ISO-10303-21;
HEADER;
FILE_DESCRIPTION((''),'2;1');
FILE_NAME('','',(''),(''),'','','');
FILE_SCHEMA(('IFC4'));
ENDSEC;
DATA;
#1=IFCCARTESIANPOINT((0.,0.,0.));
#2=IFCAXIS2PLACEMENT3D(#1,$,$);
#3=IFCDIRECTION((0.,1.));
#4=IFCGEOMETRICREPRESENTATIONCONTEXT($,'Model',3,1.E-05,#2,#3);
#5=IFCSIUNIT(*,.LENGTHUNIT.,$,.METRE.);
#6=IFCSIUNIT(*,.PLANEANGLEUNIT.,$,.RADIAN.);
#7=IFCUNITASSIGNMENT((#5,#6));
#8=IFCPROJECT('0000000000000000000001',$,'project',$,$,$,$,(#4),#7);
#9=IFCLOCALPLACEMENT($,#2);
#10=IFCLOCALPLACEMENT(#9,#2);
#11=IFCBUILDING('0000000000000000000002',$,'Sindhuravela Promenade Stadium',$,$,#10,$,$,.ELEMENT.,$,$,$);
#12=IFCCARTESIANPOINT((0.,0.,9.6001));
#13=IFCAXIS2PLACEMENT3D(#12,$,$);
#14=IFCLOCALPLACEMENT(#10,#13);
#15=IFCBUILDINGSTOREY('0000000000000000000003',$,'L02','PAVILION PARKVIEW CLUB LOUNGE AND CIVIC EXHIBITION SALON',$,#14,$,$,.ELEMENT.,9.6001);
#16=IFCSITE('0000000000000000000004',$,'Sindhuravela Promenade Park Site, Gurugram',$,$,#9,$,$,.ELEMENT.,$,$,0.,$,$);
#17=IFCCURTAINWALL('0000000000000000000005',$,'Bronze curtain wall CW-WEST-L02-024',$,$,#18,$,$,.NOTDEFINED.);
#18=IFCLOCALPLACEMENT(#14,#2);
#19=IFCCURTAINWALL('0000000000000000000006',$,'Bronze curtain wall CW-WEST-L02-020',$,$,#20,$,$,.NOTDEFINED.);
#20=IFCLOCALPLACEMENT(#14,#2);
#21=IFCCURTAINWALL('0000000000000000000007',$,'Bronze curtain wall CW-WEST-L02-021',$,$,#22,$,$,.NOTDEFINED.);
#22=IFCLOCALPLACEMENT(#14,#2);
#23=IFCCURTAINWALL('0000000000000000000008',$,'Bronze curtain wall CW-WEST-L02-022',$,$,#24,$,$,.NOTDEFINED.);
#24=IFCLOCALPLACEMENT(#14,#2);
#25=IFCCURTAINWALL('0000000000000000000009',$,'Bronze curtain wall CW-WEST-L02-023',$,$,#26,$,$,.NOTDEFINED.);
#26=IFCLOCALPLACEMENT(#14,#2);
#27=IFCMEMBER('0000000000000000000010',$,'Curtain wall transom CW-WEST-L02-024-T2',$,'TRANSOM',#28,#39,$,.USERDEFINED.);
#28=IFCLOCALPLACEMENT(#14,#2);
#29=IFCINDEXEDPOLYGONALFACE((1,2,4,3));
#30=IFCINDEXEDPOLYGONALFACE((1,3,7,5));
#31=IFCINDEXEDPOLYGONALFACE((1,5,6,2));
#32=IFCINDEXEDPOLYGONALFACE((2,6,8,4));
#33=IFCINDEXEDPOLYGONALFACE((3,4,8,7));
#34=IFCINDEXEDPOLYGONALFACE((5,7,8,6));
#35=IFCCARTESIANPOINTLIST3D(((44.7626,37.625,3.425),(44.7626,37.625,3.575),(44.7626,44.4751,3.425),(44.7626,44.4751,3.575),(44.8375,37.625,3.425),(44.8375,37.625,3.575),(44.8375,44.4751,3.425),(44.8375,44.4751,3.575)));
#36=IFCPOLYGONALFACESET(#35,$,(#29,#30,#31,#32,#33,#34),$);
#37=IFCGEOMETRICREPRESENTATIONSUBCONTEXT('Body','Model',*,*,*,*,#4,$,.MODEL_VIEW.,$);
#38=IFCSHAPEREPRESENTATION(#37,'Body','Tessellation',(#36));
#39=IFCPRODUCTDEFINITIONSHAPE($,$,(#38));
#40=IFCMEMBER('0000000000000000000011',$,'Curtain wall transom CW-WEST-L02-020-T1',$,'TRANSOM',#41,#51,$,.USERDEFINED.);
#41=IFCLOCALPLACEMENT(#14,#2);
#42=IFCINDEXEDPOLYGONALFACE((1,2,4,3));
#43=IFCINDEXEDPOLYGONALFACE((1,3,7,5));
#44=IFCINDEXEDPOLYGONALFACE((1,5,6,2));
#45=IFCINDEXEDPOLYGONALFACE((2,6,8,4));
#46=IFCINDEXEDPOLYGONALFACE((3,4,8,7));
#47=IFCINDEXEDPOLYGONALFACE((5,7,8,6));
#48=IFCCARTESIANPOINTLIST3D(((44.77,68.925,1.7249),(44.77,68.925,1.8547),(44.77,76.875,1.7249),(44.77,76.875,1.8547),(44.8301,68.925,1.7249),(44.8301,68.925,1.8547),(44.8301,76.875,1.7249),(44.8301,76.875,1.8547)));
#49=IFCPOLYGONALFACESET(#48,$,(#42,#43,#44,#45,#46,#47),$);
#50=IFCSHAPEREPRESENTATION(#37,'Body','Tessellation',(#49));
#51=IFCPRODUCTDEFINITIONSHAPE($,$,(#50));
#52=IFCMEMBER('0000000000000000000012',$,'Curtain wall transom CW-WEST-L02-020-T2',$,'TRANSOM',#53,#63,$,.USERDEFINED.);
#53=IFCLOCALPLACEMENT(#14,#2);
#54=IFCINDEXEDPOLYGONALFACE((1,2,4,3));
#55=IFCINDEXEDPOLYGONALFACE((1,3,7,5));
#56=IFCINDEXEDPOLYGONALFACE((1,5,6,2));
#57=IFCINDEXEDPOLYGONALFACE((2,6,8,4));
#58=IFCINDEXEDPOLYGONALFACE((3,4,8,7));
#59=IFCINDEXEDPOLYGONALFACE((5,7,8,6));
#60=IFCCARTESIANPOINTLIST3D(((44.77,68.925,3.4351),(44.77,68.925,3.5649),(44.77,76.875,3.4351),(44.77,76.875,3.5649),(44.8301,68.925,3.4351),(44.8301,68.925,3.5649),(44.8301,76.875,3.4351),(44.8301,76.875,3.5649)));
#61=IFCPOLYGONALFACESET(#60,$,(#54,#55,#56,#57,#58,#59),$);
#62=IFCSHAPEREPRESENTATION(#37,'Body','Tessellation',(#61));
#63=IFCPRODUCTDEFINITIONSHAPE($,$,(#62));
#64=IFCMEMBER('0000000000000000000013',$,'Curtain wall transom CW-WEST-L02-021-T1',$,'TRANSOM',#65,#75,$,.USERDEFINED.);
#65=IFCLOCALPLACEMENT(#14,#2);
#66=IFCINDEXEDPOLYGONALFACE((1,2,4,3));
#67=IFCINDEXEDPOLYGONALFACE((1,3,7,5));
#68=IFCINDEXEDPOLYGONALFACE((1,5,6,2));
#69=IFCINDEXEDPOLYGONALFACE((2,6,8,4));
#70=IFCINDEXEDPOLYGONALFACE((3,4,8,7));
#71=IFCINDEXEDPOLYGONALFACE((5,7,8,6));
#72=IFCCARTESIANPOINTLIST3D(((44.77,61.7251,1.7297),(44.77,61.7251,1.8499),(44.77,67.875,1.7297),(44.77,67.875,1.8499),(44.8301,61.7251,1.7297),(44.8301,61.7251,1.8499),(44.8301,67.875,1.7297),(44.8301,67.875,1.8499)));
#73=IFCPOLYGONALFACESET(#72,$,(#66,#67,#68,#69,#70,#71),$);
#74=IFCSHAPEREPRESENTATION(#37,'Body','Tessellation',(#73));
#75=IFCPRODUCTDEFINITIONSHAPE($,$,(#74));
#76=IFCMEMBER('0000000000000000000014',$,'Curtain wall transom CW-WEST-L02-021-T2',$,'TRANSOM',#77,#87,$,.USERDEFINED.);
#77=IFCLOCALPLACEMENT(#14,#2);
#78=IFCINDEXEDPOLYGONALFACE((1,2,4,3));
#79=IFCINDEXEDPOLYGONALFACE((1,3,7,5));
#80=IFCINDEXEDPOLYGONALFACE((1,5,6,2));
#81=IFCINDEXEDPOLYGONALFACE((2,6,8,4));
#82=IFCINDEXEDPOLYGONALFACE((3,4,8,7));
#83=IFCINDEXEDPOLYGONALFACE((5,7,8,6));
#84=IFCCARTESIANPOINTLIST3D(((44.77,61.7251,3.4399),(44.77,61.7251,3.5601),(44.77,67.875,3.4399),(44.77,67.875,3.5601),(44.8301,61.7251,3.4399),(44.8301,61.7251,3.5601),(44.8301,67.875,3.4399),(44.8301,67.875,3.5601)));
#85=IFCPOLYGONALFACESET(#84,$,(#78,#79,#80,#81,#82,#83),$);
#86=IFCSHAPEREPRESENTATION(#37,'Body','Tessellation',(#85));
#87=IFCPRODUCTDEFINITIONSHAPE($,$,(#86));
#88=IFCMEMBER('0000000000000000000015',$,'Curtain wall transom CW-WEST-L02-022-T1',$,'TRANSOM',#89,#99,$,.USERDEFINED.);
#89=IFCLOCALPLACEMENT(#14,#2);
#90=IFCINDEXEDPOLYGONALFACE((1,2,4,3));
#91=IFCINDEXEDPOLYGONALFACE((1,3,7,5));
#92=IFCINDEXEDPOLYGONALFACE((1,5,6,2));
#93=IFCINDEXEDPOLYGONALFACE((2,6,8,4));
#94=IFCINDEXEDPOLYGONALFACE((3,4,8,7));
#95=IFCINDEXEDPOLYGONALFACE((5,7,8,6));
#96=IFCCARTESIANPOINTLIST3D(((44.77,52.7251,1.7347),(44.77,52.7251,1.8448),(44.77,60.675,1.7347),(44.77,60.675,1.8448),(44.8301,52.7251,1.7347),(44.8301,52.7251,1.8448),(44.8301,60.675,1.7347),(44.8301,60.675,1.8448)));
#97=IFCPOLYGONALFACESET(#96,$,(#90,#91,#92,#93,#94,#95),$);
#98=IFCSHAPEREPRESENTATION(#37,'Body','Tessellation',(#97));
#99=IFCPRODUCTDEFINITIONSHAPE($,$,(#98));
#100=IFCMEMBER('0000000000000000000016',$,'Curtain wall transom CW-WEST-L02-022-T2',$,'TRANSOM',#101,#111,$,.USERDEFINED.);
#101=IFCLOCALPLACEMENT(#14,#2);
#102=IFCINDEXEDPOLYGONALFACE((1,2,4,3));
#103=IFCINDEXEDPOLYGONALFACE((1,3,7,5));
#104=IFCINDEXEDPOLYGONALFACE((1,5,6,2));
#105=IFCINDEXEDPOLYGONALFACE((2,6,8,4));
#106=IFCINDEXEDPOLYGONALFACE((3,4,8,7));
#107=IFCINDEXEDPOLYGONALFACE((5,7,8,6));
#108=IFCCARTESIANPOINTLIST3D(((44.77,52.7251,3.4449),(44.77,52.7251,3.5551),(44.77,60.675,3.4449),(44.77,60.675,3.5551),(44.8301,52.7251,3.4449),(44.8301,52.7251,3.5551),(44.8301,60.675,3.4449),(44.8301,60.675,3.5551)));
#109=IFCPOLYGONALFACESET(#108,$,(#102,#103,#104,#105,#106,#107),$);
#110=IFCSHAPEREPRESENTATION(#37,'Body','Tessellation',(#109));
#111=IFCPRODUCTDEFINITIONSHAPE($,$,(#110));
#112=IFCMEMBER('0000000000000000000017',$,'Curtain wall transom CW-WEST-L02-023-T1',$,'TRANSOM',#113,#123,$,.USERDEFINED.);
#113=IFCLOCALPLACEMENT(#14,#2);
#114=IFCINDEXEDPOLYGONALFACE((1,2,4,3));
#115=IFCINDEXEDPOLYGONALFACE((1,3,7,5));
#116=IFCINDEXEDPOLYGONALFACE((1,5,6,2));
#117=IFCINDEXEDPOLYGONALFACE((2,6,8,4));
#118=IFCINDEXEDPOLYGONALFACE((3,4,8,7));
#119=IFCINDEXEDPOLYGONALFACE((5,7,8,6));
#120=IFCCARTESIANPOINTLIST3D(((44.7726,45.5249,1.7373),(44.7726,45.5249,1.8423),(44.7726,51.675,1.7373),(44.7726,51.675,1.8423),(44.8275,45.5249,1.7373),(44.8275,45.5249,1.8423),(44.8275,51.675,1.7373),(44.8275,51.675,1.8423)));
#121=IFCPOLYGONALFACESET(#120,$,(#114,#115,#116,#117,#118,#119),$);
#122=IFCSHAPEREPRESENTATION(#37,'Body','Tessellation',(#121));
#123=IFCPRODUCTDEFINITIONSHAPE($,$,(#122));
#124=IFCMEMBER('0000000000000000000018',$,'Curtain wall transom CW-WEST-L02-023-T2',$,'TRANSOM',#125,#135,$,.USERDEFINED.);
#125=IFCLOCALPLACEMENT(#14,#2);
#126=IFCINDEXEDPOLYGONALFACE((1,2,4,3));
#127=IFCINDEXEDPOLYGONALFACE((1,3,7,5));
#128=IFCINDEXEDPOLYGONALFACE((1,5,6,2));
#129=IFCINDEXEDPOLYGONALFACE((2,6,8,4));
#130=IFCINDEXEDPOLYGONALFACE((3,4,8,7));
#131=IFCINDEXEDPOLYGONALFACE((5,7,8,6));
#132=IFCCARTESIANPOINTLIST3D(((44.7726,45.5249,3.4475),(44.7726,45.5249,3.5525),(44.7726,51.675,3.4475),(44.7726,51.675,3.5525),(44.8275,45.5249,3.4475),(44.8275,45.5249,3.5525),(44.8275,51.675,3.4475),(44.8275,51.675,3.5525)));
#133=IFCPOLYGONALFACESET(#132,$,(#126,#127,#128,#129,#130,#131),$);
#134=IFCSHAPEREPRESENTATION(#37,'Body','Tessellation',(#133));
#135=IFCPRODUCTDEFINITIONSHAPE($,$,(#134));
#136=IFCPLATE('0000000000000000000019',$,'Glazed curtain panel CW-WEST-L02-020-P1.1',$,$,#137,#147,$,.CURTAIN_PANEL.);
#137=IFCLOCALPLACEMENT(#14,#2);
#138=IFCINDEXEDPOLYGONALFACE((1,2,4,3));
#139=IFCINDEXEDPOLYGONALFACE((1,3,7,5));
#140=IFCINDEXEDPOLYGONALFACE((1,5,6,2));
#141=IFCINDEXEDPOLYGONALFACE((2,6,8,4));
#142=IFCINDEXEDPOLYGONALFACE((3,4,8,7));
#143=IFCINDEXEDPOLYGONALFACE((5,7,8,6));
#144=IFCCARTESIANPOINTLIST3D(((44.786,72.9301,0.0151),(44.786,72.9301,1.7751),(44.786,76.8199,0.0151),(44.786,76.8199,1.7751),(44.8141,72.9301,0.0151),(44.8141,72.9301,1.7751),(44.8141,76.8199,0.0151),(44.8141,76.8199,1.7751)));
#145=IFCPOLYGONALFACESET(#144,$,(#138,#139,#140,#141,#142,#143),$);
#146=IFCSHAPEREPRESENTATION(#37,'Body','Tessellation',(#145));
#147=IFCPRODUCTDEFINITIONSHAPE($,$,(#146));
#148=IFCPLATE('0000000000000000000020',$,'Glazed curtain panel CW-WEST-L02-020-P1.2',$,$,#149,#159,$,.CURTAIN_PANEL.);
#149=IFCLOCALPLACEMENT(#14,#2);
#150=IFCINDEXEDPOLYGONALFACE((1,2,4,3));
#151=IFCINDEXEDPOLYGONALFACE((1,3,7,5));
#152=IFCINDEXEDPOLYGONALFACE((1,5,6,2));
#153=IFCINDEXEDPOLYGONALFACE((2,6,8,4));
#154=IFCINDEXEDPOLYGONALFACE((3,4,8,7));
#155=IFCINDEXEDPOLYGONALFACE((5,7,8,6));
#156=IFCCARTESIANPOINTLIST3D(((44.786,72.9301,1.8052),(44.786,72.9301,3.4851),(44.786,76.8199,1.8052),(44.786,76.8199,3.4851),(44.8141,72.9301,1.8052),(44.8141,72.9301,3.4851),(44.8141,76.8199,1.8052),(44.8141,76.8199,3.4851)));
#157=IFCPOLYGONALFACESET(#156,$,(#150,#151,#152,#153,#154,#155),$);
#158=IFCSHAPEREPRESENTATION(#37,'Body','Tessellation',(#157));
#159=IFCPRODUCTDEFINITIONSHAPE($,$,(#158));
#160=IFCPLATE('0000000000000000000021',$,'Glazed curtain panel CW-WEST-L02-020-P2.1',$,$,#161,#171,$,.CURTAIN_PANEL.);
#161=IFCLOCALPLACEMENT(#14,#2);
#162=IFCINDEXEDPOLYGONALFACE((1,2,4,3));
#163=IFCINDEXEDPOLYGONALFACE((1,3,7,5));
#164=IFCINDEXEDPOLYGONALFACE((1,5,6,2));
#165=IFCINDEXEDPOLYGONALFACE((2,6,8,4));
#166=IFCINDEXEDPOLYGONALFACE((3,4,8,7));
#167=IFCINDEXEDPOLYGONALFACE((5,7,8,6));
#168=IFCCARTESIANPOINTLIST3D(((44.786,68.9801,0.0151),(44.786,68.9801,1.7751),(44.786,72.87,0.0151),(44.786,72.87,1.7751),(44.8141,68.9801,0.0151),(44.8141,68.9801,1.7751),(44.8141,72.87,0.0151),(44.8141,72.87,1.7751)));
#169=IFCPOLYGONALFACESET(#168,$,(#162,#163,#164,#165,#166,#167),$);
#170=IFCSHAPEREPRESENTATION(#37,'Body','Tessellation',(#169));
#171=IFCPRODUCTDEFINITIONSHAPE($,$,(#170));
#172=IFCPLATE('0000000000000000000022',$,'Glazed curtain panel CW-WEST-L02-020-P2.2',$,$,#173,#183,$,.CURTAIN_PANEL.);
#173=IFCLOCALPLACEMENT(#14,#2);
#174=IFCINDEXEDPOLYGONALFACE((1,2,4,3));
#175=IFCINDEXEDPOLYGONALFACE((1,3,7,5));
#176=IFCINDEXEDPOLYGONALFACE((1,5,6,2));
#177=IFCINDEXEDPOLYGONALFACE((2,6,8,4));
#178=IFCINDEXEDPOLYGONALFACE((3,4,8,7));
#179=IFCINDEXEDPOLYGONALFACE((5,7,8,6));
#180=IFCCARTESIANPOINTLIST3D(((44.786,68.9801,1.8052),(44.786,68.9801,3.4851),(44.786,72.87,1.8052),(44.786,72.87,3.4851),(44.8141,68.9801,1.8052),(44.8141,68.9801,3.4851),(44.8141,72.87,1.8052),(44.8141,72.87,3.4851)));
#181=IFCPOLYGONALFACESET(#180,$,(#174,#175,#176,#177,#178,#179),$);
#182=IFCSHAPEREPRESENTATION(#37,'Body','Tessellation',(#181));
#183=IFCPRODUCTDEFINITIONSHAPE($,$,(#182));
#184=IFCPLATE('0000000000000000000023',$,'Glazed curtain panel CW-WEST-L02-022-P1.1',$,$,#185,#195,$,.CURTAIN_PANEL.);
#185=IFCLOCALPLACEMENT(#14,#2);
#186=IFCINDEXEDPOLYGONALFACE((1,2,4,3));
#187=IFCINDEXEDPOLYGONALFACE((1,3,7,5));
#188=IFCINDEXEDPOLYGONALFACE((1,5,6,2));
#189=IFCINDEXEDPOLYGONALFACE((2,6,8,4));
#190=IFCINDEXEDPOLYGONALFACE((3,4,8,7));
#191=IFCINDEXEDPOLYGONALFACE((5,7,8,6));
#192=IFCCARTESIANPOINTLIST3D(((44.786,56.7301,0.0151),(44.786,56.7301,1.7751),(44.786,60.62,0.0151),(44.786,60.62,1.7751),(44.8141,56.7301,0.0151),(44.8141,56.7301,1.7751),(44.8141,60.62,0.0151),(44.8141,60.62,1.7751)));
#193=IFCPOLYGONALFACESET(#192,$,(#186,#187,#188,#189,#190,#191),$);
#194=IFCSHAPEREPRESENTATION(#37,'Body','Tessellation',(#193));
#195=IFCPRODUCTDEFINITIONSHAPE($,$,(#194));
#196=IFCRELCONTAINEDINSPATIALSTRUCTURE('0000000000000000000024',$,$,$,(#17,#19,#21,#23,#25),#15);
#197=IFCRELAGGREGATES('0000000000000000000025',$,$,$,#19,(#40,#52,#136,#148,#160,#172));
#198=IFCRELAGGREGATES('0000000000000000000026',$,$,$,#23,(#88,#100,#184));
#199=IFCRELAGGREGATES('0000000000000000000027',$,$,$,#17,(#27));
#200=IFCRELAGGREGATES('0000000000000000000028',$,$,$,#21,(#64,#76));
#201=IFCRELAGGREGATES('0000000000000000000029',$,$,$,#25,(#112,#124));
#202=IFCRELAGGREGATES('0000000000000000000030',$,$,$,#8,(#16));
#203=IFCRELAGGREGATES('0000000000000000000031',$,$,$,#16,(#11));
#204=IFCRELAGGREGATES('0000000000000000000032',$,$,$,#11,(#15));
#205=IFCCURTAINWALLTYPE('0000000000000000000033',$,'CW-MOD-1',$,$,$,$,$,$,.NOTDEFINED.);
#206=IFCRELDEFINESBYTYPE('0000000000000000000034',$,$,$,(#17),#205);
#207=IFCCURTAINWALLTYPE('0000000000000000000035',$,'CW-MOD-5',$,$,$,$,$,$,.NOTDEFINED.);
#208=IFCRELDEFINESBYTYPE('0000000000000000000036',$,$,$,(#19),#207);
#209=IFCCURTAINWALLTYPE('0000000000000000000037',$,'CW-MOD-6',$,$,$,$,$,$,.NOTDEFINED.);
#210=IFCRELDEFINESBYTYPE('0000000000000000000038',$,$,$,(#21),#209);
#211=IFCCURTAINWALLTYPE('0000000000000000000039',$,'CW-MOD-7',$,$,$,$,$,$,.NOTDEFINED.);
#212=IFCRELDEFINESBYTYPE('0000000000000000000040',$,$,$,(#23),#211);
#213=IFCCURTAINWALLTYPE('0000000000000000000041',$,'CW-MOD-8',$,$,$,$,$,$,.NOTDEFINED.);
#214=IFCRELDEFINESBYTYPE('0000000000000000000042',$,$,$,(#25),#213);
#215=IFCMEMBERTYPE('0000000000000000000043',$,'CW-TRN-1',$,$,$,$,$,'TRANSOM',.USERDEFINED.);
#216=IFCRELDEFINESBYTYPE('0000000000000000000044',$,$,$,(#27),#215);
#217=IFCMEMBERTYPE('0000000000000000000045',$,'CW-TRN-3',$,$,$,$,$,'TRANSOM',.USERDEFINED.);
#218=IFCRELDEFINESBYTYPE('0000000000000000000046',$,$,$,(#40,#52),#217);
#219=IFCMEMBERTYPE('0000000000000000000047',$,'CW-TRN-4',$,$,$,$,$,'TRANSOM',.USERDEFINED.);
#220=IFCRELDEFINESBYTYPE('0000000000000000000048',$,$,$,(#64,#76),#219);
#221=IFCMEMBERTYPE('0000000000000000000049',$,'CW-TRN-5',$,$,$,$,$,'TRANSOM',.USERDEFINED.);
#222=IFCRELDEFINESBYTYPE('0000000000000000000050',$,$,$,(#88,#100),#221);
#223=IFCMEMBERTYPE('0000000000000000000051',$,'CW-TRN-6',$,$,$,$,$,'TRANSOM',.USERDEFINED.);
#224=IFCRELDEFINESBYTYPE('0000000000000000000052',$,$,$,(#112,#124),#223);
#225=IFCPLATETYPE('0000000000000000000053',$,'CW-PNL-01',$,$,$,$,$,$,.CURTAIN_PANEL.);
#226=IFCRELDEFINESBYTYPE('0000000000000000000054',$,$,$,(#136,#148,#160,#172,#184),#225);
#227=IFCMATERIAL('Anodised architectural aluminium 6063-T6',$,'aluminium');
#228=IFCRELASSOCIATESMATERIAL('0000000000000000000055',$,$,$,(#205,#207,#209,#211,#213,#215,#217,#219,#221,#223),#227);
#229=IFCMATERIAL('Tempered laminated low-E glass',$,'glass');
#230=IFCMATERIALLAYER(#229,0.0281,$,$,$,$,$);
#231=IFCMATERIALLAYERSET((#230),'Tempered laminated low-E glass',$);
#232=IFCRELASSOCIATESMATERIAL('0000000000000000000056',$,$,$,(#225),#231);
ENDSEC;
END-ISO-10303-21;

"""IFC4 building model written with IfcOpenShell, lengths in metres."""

from ifc_helpers import new_model, si_unit, direction, frame, origin, origin_2d, place, context, subcontext, project, spatial, rectangle, extrude, material, layer, layer_set, material_profile, profile_set, type_object, element, aggregate, save


model = new_model("IFC4")

# Units and contexts
model_context = context("Model", 3, precision=1e-05, world=origin(), true_north=direction((0.0, 1.0)))
body_context = subcontext(model_context, "Body", "Model", "MODEL_VIEW")
ifc_project = project(units=[si_unit("LENGTHUNIT", "METRE"), si_unit("PLANEANGLEUNIT", "RADIAN")], contexts=[model_context])

# Site, building, storey
site_placement = place(None, origin())
site = spatial("IfcSite", under=ifc_project, at=site_placement, Name="Sindhuravela Promenade Park Site, Gurugram", CompositionType="ELEMENT", RefElevation=0.0)
building_placement = place(site_placement, origin())
building = spatial("IfcBuilding", under=site, at=building_placement, Name="Sindhuravela Promenade Stadium", CompositionType="ELEMENT")
storey_placement = place(building_placement, frame((0.0, 0.0, 9.6001)))
storey = spatial("IfcBuildingStorey", under=building, at=storey_placement, Name="L02", Description="PAVILION PARKVIEW CLUB LOUNGE AND CIVIC EXHIBITION SALON", CompositionType="ELEMENT", Elevation=9.6001)

# Curtain wall
ifc_material_1 = material(Name="Anodised architectural aluminium 6063-T6", Category="aluminium")
curtain_wall_type_1 = type_object("IfcCurtainWallType", Name="CW-MOD-1", PredefinedType="NOTDEFINED", material=ifc_material_1)
curtain_wall_1_placement = place(storey_placement, origin())
curtain_wall_1 = element("IfcCurtainWall", 1, at=curtain_wall_1_placement, inside=storey, type_object=curtain_wall_type_1, Name="Bronze curtain wall CW-WEST-L02-024", PredefinedType="NOTDEFINED")

# Curtain walls
curtain_wall_type_2 = type_object("IfcCurtainWallType", Name="CW-MOD-5", PredefinedType="NOTDEFINED", material=ifc_material_1)
curtain_wall_2_placement = place(storey_placement, origin())
curtain_wall_2 = element("IfcCurtainWall", 2, at=curtain_wall_2_placement, inside=storey, type_object=curtain_wall_type_2, Name="Bronze curtain wall CW-WEST-L02-020", PredefinedType="NOTDEFINED")
curtain_wall_type_3 = type_object("IfcCurtainWallType", Name="CW-MOD-6", PredefinedType="NOTDEFINED", material=ifc_material_1)
curtain_wall_3_placement = place(storey_placement, origin())
curtain_wall_3 = element("IfcCurtainWall", 3, at=curtain_wall_3_placement, inside=storey, type_object=curtain_wall_type_3, Name="Bronze curtain wall CW-WEST-L02-021", PredefinedType="NOTDEFINED")
curtain_wall_type_4 = type_object("IfcCurtainWallType", Name="CW-MOD-7", PredefinedType="NOTDEFINED", material=ifc_material_1)
curtain_wall_4_placement = place(storey_placement, origin())
curtain_wall_4 = element("IfcCurtainWall", 4, at=curtain_wall_4_placement, inside=storey, type_object=curtain_wall_type_4, Name="Bronze curtain wall CW-WEST-L02-022", PredefinedType="NOTDEFINED")
curtain_wall_type_5 = type_object("IfcCurtainWallType", Name="CW-MOD-8", PredefinedType="NOTDEFINED", material=ifc_material_1)
curtain_wall_5_placement = place(storey_placement, origin())
curtain_wall_5 = element("IfcCurtainWall", 5, at=curtain_wall_5_placement, inside=storey, type_object=curtain_wall_type_5, Name="Bronze curtain wall CW-WEST-L02-023", PredefinedType="NOTDEFINED")

# Members
ifc_material_profile_1 = material_profile(ifc_material_1, rectangle(XDim=0.075, YDim=0.1499, at=origin_2d()), Name="ALU TRAN 75x150")
ifc_profile_set_1 = profile_set([ifc_material_profile_1], Name="Anodised architectural aluminium 6063-T6")
member_type_1 = type_object("IfcMemberType", Name="CW-TRN-1", ElementType="TRANSOM", PredefinedType="USERDEFINED", material=ifc_profile_set_1)
member_1_placement = place(storey_placement, frame((44.8, 44.4751, 3.5), z_axis=(0.0, -1.0, 0.0), x_axis=(1.0, 0.0, 0.0)))
member_1 = element("IfcMember", 6, at=member_1_placement, type_object=member_type_1, Name="Curtain wall transom CW-WEST-L02-024-T2", ObjectType="TRANSOM", PredefinedType="USERDEFINED", context=body_context, shape_type="SweptSolid", body=[
    extrude(rectangle(XDim=0.075, YDim=0.1499, at=origin_2d()), origin(), (0.0, 0.0, 1.0), 6.8501),
])
ifc_material_profile_2 = material_profile(ifc_material_1, rectangle(XDim=0.0601, YDim=0.1299, at=origin_2d()), Name="ALU T60x130")
ifc_profile_set_2 = profile_set([ifc_material_profile_2], Name="Anodised architectural aluminium 6063-T6")
member_type_2 = type_object("IfcMemberType", Name="CW-TRN-3", ElementType="TRANSOM", PredefinedType="USERDEFINED", material=ifc_profile_set_2)
member_2_placement = place(storey_placement, frame((44.8, 76.875, 1.7898), z_axis=(0.0, -1.0, 0.0), x_axis=(1.0, 0.0, 0.0)))
member_2 = element("IfcMember", 7, at=member_2_placement, type_object=member_type_2, Name="Curtain wall transom CW-WEST-L02-020-T1", ObjectType="TRANSOM", PredefinedType="USERDEFINED", context=body_context, shape_type="SweptSolid", body=[
    extrude(rectangle(XDim=0.0601, YDim=0.1299, at=origin_2d()), origin(), (0.0, 0.0, 1.0), 7.95),
])
member_3_placement = place(storey_placement, frame((44.8, 76.875, 3.5), z_axis=(0.0, -1.0, 0.0), x_axis=(1.0, 0.0, 0.0)))
member_3 = element("IfcMember", 8, at=member_3_placement, type_object=member_type_2, Name="Curtain wall transom CW-WEST-L02-020-T2", ObjectType="TRANSOM", PredefinedType="USERDEFINED", context=body_context, shape_type="SweptSolid", body=[
    extrude(rectangle(XDim=0.0601, YDim=0.1299, at=origin_2d()), origin(), (0.0, 0.0, 1.0), 7.95),
])
ifc_material_profile_3 = material_profile(ifc_material_1, rectangle(XDim=0.0601, YDim=0.1201, at=origin_2d()), Name="ALU T60x120")
ifc_profile_set_3 = profile_set([ifc_material_profile_3], Name="Anodised architectural aluminium 6063-T6")
member_type_3 = type_object("IfcMemberType", Name="CW-TRN-4", ElementType="TRANSOM", PredefinedType="USERDEFINED", material=ifc_profile_set_3)
member_4_placement = place(storey_placement, frame((44.8, 67.875, 1.7898), z_axis=(0.0, -1.0, 0.0), x_axis=(1.0, 0.0, 0.0)))
member_4 = element("IfcMember", 9, at=member_4_placement, type_object=member_type_3, Name="Curtain wall transom CW-WEST-L02-021-T1", ObjectType="TRANSOM", PredefinedType="USERDEFINED", context=body_context, shape_type="SweptSolid", body=[
    extrude(rectangle(XDim=0.0601, YDim=0.1201, at=origin_2d()), origin(), (0.0, 0.0, 1.0), 6.1499),
])
member_5_placement = place(storey_placement, frame((44.8, 67.875, 3.5), z_axis=(0.0, -1.0, 0.0), x_axis=(1.0, 0.0, 0.0)))
member_5 = element("IfcMember", 10, at=member_5_placement, type_object=member_type_3, Name="Curtain wall transom CW-WEST-L02-021-T2", ObjectType="TRANSOM", PredefinedType="USERDEFINED", context=body_context, shape_type="SweptSolid", body=[
    extrude(rectangle(XDim=0.0601, YDim=0.1201, at=origin_2d()), origin(), (0.0, 0.0, 1.0), 6.1499),
])
ifc_material_profile_4 = material_profile(ifc_material_1, rectangle(XDim=0.0601, YDim=0.1101, at=origin_2d()), Name="ALU T60x110")
ifc_profile_set_4 = profile_set([ifc_material_profile_4], Name="Anodised architectural aluminium 6063-T6")
member_type_4 = type_object("IfcMemberType", Name="CW-TRN-5", ElementType="TRANSOM", PredefinedType="USERDEFINED", material=ifc_profile_set_4)
member_6_placement = place(storey_placement, frame((44.8, 60.675, 1.7898), z_axis=(0.0, -1.0, 0.0), x_axis=(1.0, 0.0, 0.0)))
member_6 = element("IfcMember", 11, at=member_6_placement, type_object=member_type_4, Name="Curtain wall transom CW-WEST-L02-022-T1", ObjectType="TRANSOM", PredefinedType="USERDEFINED", context=body_context, shape_type="SweptSolid", body=[
    extrude(rectangle(XDim=0.0601, YDim=0.1101, at=origin_2d()), origin(), (0.0, 0.0, 1.0), 7.95),
])
member_7_placement = place(storey_placement, frame((44.8, 60.675, 3.5), z_axis=(0.0, -1.0, 0.0), x_axis=(1.0, 0.0, 0.0)))
member_7 = element("IfcMember", 12, at=member_7_placement, type_object=member_type_4, Name="Curtain wall transom CW-WEST-L02-022-T2", ObjectType="TRANSOM", PredefinedType="USERDEFINED", context=body_context, shape_type="SweptSolid", body=[
    extrude(rectangle(XDim=0.0601, YDim=0.1101, at=origin_2d()), origin(), (0.0, 0.0, 1.0), 7.95),
])
ifc_material_profile_5 = material_profile(ifc_material_1, rectangle(XDim=0.0549, YDim=0.105, at=origin_2d()), Name="ALU T55x105")
ifc_profile_set_5 = profile_set([ifc_material_profile_5], Name="Anodised architectural aluminium 6063-T6")
member_type_5 = type_object("IfcMemberType", Name="CW-TRN-6", ElementType="TRANSOM", PredefinedType="USERDEFINED", material=ifc_profile_set_5)
member_8_placement = place(storey_placement, frame((44.8, 51.675, 1.7898), z_axis=(0.0, -1.0, 0.0), x_axis=(1.0, 0.0, 0.0)))
member_8 = element("IfcMember", 13, at=member_8_placement, type_object=member_type_5, Name="Curtain wall transom CW-WEST-L02-023-T1", ObjectType="TRANSOM", PredefinedType="USERDEFINED", context=body_context, shape_type="SweptSolid", body=[
    extrude(rectangle(XDim=0.0549, YDim=0.105, at=origin_2d()), origin(), (0.0, 0.0, 1.0), 6.1501),
])
member_9_placement = place(storey_placement, frame((44.8, 51.675, 3.5), z_axis=(0.0, -1.0, 0.0), x_axis=(1.0, 0.0, 0.0)))
member_9 = element("IfcMember", 14, at=member_9_placement, type_object=member_type_5, Name="Curtain wall transom CW-WEST-L02-023-T2", ObjectType="TRANSOM", PredefinedType="USERDEFINED", context=body_context, shape_type="SweptSolid", body=[
    extrude(rectangle(XDim=0.0549, YDim=0.105, at=origin_2d()), origin(), (0.0, 0.0, 1.0), 6.1501),
])

# Plates
ifc_material_2 = material(Name="Tempered laminated low-E glass", Category="glass")
ifc_layer_1 = layer(ifc_material_2, 0.0281)
ifc_layer_set_1 = layer_set([ifc_layer_1], Name="Tempered laminated low-E glass")
plate_type_1 = type_object("IfcPlateType", Name="CW-PNL-01", PredefinedType="CURTAIN_PANEL", material=ifc_layer_set_1)
plate_1_placement = place(storey_placement, frame((44.8, 74.875, 0.0151), z_axis=(0.0, 0.0, 1.0), x_axis=(0.0, -1.0, 0.0)))
plate_1 = element("IfcPlate", 15, at=plate_1_placement, type_object=plate_type_1, Name="Glazed curtain panel CW-WEST-L02-020-P1.1", PredefinedType="CURTAIN_PANEL", context=body_context, shape_type="SweptSolid", body=[
    extrude(rectangle(XDim=3.8899, YDim=0.0281, at=origin_2d()), origin(), (0.0, 0.0, 1.0), 1.76),
])
plate_2_placement = place(storey_placement, frame((44.8, 74.875, 1.8052), z_axis=(0.0, 0.0, 1.0), x_axis=(0.0, -1.0, 0.0)))
plate_2 = element("IfcPlate", 16, at=plate_2_placement, type_object=plate_type_1, Name="Glazed curtain panel CW-WEST-L02-020-P1.2", PredefinedType="CURTAIN_PANEL", context=body_context, shape_type="SweptSolid", body=[
    extrude(rectangle(XDim=3.8899, YDim=0.0281, at=origin_2d()), origin(), (0.0, 0.0, 1.0), 1.6799),
])
plate_3_placement = place(storey_placement, frame((44.8, 70.925, 0.0151), z_axis=(0.0, 0.0, 1.0), x_axis=(0.0, -1.0, 0.0)))
plate_3 = element("IfcPlate", 17, at=plate_3_placement, type_object=plate_type_1, Name="Glazed curtain panel CW-WEST-L02-020-P2.1", PredefinedType="CURTAIN_PANEL", context=body_context, shape_type="SweptSolid", body=[
    extrude(rectangle(XDim=3.8899, YDim=0.0281, at=origin_2d()), origin(), (0.0, 0.0, 1.0), 1.76),
])
plate_4_placement = place(storey_placement, frame((44.8, 70.925, 1.8052), z_axis=(0.0, 0.0, 1.0), x_axis=(0.0, -1.0, 0.0)))
plate_4 = element("IfcPlate", 18, at=plate_4_placement, type_object=plate_type_1, Name="Glazed curtain panel CW-WEST-L02-020-P2.2", PredefinedType="CURTAIN_PANEL", context=body_context, shape_type="SweptSolid", body=[
    extrude(rectangle(XDim=3.8899, YDim=0.0281, at=origin_2d()), origin(), (0.0, 0.0, 1.0), 1.6799),
])
aggregate(curtain_wall_2, [member_2, member_3, plate_1, plate_2, plate_3, plate_4])
plate_5_placement = place(storey_placement, frame((44.8, 58.675, 0.0151), z_axis=(0.0, 0.0, 1.0), x_axis=(0.0, -1.0, 0.0)))
plate_5 = element("IfcPlate", 19, at=plate_5_placement, type_object=plate_type_1, Name="Glazed curtain panel CW-WEST-L02-022-P1.1", PredefinedType="CURTAIN_PANEL", context=body_context, shape_type="SweptSolid", body=[
    extrude(rectangle(XDim=3.8899, YDim=0.0281, at=origin_2d()), origin(), (0.0, 0.0, 1.0), 1.76),
])
aggregate(curtain_wall_4, [member_6, member_7, plate_5])
aggregate(curtain_wall_1, [member_1])
aggregate(curtain_wall_3, [member_4, member_5])
aggregate(curtain_wall_5, [member_8, member_9])

save(model, "model.ifc")
